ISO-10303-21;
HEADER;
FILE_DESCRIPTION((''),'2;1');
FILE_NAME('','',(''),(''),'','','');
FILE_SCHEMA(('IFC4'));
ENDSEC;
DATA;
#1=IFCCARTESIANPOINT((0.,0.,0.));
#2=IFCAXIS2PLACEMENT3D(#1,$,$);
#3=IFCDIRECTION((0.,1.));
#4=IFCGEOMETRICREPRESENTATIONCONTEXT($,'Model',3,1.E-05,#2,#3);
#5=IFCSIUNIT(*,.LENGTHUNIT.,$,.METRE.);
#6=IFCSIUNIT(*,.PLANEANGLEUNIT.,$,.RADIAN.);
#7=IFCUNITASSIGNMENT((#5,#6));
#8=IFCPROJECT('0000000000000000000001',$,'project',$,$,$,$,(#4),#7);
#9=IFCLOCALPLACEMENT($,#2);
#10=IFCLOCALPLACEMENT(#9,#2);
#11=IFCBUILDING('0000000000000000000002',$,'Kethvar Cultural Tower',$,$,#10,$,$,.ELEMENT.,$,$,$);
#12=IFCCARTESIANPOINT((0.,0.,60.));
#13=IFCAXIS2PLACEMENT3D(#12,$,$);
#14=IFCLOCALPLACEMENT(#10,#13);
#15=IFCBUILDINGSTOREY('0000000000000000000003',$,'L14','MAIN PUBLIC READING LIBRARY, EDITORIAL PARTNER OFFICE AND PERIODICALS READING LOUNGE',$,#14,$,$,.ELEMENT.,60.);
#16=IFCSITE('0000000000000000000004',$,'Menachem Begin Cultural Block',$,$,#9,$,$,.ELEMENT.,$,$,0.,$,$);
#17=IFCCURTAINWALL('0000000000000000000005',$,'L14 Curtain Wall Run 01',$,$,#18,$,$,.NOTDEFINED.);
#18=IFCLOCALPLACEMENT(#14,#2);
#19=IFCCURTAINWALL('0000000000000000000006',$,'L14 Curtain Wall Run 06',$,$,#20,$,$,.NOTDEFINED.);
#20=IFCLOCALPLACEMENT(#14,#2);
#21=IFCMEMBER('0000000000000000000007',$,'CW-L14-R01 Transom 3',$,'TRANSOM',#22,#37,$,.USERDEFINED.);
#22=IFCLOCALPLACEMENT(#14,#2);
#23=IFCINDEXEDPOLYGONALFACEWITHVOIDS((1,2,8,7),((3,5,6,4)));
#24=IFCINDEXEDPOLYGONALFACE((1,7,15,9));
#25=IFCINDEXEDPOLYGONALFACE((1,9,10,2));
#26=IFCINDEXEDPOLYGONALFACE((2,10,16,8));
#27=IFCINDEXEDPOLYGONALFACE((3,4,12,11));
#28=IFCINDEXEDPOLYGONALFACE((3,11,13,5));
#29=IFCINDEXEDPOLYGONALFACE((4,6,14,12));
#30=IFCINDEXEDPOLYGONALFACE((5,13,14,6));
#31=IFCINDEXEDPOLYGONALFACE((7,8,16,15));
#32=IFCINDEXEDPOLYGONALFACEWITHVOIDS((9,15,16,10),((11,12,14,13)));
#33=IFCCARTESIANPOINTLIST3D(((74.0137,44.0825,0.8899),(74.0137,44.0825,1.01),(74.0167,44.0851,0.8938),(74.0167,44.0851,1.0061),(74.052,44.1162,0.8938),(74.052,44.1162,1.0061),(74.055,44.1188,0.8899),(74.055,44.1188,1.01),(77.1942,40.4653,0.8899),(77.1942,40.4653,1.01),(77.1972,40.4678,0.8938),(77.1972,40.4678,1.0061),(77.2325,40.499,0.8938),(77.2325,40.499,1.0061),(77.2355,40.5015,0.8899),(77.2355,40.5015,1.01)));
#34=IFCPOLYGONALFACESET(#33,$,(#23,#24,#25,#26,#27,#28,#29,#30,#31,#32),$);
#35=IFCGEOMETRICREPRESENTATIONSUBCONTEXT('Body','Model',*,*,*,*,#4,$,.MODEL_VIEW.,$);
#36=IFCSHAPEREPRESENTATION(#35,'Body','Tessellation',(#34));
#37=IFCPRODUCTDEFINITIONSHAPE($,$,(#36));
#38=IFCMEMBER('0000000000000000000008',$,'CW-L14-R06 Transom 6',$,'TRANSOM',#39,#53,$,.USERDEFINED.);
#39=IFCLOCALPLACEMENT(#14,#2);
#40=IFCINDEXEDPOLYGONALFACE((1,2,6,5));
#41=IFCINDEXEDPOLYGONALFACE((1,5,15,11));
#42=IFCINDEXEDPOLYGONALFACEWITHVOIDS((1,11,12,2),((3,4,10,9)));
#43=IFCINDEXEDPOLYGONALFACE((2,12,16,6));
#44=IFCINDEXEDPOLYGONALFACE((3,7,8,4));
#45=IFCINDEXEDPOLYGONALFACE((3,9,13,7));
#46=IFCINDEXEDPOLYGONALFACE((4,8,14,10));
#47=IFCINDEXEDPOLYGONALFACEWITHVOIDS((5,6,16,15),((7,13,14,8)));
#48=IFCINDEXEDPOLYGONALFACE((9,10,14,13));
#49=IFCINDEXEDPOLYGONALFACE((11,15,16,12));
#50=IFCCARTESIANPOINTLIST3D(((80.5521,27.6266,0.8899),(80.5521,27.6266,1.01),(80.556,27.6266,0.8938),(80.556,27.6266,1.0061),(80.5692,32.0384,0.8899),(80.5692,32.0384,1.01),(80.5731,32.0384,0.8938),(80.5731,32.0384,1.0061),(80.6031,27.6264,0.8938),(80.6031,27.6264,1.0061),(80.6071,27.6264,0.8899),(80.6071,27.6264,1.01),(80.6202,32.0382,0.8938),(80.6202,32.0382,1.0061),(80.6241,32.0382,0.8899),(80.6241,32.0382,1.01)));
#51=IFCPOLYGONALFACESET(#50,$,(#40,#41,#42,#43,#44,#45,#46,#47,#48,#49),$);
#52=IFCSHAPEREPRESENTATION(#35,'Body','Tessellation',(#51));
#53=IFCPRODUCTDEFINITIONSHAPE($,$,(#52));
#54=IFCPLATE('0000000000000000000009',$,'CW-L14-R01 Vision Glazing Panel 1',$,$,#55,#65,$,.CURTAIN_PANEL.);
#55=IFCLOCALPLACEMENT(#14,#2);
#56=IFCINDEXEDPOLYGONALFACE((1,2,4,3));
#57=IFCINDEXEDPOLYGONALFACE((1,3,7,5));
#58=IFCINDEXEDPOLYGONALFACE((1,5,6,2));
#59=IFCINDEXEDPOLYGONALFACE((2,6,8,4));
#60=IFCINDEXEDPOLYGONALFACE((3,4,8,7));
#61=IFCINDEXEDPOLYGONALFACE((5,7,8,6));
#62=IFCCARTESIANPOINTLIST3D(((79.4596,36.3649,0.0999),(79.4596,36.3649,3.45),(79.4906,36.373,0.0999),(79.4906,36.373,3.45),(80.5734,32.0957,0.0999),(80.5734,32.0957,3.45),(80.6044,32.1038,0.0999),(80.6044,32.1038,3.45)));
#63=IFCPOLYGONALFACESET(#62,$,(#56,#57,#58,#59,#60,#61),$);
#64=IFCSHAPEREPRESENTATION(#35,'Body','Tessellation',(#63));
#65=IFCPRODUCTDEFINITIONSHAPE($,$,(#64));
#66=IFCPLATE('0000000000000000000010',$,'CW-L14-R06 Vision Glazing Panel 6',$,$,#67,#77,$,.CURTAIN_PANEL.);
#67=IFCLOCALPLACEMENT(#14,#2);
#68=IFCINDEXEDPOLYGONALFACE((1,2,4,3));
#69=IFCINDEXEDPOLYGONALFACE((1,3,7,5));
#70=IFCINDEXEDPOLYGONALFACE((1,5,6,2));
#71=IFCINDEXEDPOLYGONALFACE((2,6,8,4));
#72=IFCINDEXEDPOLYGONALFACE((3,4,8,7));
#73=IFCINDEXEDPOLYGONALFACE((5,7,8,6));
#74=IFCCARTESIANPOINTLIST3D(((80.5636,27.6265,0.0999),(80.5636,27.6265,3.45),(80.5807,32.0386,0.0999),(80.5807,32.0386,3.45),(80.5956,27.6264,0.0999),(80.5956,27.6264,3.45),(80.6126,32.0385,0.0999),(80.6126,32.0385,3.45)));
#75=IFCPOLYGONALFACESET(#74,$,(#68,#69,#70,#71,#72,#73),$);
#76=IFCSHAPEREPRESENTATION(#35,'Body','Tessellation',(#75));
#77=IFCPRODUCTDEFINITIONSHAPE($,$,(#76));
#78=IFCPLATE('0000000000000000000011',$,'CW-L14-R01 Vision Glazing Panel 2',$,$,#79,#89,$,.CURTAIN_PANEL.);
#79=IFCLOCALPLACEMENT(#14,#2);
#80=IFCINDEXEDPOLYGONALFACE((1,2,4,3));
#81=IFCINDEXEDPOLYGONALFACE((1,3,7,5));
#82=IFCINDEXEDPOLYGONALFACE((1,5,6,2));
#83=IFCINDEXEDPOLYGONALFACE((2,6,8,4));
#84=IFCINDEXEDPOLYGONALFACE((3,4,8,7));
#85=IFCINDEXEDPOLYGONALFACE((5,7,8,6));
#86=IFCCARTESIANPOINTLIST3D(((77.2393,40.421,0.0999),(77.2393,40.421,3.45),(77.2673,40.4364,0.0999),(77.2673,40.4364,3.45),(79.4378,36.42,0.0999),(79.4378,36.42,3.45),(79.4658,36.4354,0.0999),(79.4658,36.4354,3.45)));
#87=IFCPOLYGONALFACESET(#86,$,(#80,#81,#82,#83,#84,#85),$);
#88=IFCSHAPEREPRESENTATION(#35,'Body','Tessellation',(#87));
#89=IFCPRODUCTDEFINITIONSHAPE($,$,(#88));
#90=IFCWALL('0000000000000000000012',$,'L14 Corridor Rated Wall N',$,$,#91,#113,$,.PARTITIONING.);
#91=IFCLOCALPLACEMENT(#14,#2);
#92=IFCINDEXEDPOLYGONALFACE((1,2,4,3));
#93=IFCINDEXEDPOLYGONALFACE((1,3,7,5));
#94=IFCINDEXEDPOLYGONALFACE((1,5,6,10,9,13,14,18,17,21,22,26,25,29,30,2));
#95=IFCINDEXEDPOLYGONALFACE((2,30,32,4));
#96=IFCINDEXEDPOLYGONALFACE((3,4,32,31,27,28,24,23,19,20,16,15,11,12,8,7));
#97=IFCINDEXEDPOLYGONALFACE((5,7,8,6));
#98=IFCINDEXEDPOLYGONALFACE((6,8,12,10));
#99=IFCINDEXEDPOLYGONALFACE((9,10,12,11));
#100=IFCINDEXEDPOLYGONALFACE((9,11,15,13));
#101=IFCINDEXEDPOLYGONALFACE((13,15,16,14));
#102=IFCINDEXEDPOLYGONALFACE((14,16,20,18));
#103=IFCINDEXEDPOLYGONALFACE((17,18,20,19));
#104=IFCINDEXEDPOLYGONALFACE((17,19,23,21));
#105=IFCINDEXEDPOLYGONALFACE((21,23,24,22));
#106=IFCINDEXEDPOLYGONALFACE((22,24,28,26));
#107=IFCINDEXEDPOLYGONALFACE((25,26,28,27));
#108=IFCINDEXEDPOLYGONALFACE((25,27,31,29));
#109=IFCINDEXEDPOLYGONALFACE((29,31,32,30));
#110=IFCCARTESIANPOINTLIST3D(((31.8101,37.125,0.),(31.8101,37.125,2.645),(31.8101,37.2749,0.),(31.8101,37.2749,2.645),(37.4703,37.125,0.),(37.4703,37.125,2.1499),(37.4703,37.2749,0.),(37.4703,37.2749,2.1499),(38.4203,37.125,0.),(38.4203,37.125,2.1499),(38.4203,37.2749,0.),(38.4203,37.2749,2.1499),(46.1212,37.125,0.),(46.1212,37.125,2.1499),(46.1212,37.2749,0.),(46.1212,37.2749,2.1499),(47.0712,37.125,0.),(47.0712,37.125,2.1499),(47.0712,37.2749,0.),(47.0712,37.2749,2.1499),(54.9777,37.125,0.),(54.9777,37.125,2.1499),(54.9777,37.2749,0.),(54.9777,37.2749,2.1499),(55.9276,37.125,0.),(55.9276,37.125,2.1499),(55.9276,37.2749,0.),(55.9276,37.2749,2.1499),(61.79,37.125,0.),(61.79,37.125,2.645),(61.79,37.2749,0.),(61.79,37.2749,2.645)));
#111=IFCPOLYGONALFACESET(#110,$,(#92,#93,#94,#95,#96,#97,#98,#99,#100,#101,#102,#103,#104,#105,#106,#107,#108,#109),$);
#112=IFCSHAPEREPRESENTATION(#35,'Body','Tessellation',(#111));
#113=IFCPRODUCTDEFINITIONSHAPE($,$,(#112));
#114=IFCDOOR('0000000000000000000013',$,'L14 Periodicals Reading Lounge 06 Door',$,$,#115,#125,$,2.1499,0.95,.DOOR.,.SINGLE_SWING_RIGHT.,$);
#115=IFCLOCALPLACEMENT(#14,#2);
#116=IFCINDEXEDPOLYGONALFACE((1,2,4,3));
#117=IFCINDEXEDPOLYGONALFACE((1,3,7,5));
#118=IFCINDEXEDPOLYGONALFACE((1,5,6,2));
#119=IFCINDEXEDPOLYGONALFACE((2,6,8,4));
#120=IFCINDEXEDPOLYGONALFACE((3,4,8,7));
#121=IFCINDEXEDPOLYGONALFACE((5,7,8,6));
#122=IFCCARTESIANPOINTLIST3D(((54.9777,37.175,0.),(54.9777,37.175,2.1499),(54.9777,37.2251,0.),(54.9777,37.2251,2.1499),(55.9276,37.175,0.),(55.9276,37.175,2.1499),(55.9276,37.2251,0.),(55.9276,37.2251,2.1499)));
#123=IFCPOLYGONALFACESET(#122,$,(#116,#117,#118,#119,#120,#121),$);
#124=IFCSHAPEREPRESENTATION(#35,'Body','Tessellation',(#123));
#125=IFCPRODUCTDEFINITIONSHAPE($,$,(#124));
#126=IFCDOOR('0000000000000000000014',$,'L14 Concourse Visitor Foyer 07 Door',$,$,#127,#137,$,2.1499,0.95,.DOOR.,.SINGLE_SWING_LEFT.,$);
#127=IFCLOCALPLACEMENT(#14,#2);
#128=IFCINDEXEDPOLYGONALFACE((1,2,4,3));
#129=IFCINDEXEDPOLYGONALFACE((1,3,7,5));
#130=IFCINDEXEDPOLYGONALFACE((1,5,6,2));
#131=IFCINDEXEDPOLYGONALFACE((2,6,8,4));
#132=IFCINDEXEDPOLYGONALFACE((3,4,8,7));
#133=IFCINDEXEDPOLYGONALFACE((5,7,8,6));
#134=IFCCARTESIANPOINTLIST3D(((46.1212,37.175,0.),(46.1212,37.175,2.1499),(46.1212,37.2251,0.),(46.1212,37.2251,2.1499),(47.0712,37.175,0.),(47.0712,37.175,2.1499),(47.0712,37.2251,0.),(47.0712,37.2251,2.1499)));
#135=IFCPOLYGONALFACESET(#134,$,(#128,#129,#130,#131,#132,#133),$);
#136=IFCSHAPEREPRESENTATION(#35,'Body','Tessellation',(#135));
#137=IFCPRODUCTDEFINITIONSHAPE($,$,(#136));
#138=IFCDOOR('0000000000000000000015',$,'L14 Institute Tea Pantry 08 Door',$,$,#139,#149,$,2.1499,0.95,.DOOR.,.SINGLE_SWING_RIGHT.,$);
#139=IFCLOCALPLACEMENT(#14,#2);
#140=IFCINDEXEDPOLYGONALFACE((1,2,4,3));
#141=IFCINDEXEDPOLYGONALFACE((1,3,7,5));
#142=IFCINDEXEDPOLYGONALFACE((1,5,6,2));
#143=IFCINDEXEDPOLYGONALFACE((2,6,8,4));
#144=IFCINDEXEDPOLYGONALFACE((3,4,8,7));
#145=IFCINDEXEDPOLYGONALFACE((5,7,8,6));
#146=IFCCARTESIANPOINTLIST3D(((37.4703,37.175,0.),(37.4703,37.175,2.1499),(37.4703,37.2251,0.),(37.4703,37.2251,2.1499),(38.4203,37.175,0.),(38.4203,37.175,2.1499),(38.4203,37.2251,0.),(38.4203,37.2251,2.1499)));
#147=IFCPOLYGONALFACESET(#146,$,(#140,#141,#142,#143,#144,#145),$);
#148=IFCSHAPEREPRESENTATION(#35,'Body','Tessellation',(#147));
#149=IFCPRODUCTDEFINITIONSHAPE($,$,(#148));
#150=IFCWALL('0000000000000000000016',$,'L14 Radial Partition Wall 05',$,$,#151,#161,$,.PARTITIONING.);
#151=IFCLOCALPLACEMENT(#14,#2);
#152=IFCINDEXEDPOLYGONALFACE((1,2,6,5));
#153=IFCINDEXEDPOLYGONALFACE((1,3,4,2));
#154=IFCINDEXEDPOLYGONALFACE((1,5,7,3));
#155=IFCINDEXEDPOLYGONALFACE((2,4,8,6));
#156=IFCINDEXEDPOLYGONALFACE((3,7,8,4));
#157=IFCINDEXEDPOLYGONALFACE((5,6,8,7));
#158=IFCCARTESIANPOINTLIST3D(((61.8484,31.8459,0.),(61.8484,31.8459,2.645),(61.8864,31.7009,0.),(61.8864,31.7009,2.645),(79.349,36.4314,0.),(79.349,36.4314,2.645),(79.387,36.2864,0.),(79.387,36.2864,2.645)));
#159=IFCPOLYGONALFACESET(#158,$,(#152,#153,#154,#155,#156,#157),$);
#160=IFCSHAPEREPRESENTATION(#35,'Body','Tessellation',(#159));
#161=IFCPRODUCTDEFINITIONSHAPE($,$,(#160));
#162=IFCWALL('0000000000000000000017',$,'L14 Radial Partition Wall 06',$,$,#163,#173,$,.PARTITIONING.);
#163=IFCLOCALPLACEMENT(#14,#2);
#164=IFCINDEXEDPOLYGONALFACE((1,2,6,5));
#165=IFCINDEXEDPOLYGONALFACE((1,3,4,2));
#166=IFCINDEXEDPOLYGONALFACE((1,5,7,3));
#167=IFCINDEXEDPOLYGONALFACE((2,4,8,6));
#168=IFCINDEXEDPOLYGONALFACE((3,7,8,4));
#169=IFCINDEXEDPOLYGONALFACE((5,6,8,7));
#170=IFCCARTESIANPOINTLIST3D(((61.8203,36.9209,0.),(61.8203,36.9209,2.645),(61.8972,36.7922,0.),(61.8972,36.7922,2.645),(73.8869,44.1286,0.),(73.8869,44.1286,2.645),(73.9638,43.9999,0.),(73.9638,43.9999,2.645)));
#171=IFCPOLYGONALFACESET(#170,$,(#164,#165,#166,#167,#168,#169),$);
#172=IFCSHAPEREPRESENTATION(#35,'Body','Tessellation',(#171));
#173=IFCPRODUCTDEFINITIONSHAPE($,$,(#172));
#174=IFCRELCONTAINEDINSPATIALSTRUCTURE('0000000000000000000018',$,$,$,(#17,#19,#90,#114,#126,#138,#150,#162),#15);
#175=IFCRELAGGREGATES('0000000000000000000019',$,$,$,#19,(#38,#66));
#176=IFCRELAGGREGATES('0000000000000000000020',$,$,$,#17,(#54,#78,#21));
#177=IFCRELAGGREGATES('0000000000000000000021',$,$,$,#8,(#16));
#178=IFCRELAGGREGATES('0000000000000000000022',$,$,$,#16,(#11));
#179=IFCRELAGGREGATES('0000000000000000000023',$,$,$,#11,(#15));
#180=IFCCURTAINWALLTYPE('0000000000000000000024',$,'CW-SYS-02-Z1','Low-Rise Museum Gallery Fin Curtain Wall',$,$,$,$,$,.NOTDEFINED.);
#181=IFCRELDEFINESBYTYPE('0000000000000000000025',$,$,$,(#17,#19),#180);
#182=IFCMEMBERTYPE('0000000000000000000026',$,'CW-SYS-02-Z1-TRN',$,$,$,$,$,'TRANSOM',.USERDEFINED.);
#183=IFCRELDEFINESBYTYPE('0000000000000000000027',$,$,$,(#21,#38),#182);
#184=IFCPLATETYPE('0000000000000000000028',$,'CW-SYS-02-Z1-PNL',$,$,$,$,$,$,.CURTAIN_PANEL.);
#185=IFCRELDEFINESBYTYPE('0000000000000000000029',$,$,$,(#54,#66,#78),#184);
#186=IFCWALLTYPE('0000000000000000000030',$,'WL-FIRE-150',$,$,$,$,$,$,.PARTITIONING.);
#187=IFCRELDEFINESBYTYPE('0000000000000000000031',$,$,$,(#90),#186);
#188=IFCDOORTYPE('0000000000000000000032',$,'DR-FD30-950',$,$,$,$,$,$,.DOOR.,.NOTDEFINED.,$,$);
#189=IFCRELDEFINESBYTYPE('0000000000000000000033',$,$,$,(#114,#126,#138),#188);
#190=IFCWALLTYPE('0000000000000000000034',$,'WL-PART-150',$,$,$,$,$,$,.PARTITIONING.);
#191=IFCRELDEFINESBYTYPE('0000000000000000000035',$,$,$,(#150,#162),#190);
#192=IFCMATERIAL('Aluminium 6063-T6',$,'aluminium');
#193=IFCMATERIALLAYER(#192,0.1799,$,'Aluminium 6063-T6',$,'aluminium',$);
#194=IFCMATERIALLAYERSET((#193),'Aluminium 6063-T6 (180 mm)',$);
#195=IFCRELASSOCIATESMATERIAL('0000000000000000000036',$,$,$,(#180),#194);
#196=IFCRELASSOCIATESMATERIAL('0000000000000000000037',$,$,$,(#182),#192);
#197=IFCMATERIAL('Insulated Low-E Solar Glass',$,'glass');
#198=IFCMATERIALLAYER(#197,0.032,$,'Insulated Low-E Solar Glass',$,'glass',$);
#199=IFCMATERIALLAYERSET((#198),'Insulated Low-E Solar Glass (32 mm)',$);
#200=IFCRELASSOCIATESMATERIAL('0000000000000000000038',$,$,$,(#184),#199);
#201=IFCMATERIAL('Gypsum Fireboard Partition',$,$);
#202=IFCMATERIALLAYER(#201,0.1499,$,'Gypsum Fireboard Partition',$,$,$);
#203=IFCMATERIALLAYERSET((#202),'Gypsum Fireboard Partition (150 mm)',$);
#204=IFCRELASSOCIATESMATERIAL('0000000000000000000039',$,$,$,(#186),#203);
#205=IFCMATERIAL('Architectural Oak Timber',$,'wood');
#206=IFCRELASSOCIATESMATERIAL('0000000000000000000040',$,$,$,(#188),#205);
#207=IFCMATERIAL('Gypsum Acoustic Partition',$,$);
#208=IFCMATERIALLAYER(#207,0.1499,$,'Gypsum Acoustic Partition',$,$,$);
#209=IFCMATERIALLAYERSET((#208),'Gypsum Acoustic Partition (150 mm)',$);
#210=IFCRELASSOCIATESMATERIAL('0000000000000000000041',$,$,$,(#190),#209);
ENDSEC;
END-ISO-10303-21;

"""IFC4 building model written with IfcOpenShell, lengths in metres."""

from ifc_helpers import new_model, si_unit, direction, frame, frame_2d, origin, origin_2d, place, context, subcontext, project, spatial, rectangle, hollow_rectangle, extrude, source, transform, mapped, material, layer, layer_set, material_profile, profile_set, type_object, element, fill, aggregate, save


model = new_model("IFC4")

# Units and contexts
model_context = context("Model", 3, precision=1e-05, world=origin(), true_north=direction((0.0, 1.0)))
body_context = subcontext(model_context, "Body", "Model", "MODEL_VIEW")
ifc_project = project(units=[si_unit("LENGTHUNIT", "METRE"), si_unit("PLANEANGLEUNIT", "RADIAN")], contexts=[model_context])

# Site, building, storey
site_placement = place(None, origin())
site = spatial("IfcSite", under=ifc_project, at=site_placement, Name="Menachem Begin Cultural Block", CompositionType="ELEMENT", RefElevation=0.0)
building_placement = place(site_placement, origin())
building = spatial("IfcBuilding", under=site, at=building_placement, Name="Kethvar Cultural Tower", CompositionType="ELEMENT")
storey_placement = place(building_placement, frame((0.0, 0.0, 60.0)))
storey = spatial("IfcBuildingStorey", under=building, at=storey_placement, Name="L14", Description="MAIN PUBLIC READING LIBRARY, EDITORIAL PARTNER OFFICE AND PERIODICALS READING LOUNGE", CompositionType="ELEMENT", Elevation=60.0)

# Curtain walls
ifc_material_1 = material(Name="Aluminium 6063-T6", Category="aluminium")
ifc_layer_1 = layer(ifc_material_1, 0.1799, Name="Aluminium 6063-T6", Category="aluminium")
ifc_layer_set_1 = layer_set([ifc_layer_1], Name="Aluminium 6063-T6 (180 mm)")
curtain_wall_type = type_object("IfcCurtainWallType", Name="CW-SYS-02-Z1", Description="Low-Rise Museum Gallery Fin Curtain Wall", PredefinedType="NOTDEFINED", material=ifc_layer_set_1)
curtain_wall_1_placement = place(storey_placement, origin())
curtain_wall_1 = element("IfcCurtainWall", 1, at=curtain_wall_1_placement, inside=storey, type_object=curtain_wall_type, Name="L14 Curtain Wall Run 01", PredefinedType="NOTDEFINED")
curtain_wall_2_placement = place(storey_placement, origin())
curtain_wall_2 = element("IfcCurtainWall", 2, at=curtain_wall_2_placement, inside=storey, type_object=curtain_wall_type, Name="L14 Curtain Wall Run 06", PredefinedType="NOTDEFINED")

# Members
ifc_material_profile_1 = material_profile(ifc_material_1, hollow_rectangle(XDim=0.0549, YDim=0.1201, WallThickness=0.0039, at=origin_2d()), Name="Aluminium 6063-T6 — RHS120x55x4")
ifc_profile_set_1 = profile_set([ifc_material_profile_1], Name="Aluminium 6063-T6 — RHS120x55x4")
member_type_1 = type_object("IfcMemberType", Name="CW-SYS-02-Z1-TRN", ElementType="TRANSOM", PredefinedType="USERDEFINED", material=ifc_profile_set_1)
shared_shape_1 = source(origin(), body_context, "Body", "SweptSolid", [
    extrude(hollow_rectangle(XDim=0.0549, YDim=0.1201, WallThickness=0.0039, at=origin_2d()), origin(), (0.0, 0.0, 1.0), 4.8167),
])
member_1_placement = place(storey_placement, frame((77.2148, 40.4834, 0.95), z_axis=(-0.660311, 0.750992, 0.0), x_axis=(-0.750992, -0.660311, 0.0)))
member_1 = element("IfcMember", 3, at=member_1_placement, type_object=member_type_1, Name="CW-L14-R01 Transom 3", ObjectType="TRANSOM", PredefinedType="USERDEFINED", context=body_context, shape_type="MappedRepresentation", body=[
    mapped(shared_shape_1, transform((0.0, 0.0, 0.0), scale=1.0)),
])
shared_shape_2 = source(origin(), body_context, "Body", "SweptSolid", [
    extrude(hollow_rectangle(XDim=0.0549, YDim=0.1201, WallThickness=0.0039, at=origin_2d()), origin(), (0.0, 0.0, 1.0), 4.4119),
])
member_2_placement = place(storey_placement, frame((80.5796, 27.6265, 0.95), z_axis=(0.003874, 0.999992, 0.0), x_axis=(-0.999992, 0.003874, 0.0)))
member_2 = element("IfcMember", 4, at=member_2_placement, type_object=member_type_1, Name="CW-L14-R06 Transom 6", ObjectType="TRANSOM", PredefinedType="USERDEFINED", context=body_context, shape_type="MappedRepresentation", body=[
    mapped(shared_shape_2, transform((0.0, 0.0, 0.0), scale=1.0)),
])

# Plates
ifc_material_2 = material(Name="Insulated Low-E Solar Glass", Category="glass")
ifc_layer_2 = layer(ifc_material_2, 0.032, Name="Insulated Low-E Solar Glass", Category="glass")
ifc_layer_set_2 = layer_set([ifc_layer_2], Name="Insulated Low-E Solar Glass (32 mm)")
plate_type = type_object("IfcPlateType", Name="CW-SYS-02-Z1-PNL", PredefinedType="CURTAIN_PANEL", material=ifc_layer_set_2)
shared_shape_3 = source(origin(), body_context, "Body", "SweptSolid", [
    extrude(rectangle(XDim=4.4121, YDim=0.032, at=origin_2d()), origin(), (0.0, 0.0, 1.0), 3.3501),
])
plate_1_placement = place(storey_placement, frame((80.032, 34.2344, 0.0999), z_axis=(0.0, 0.0, 1.0), x_axis=(-0.252441, 0.967612, 0.0)))
plate_1 = element("IfcPlate", 5, at=plate_1_placement, type_object=plate_type, Name="CW-L14-R01 Vision Glazing Panel 1", PredefinedType="CURTAIN_PANEL", context=body_context, shape_type="MappedRepresentation", body=[
    mapped(shared_shape_3, transform((0.0, 0.0, 0.0), scale=1.0)),
])
plate_2_placement = place(storey_placement, frame((80.5881, 29.8325, 0.0999), z_axis=(0.0, 0.0, 1.0), x_axis=(0.003857, 0.999993, 0.0)))
plate_2 = element("IfcPlate", 6, at=plate_2_placement, type_object=plate_type, Name="CW-L14-R06 Vision Glazing Panel 6", PredefinedType="CURTAIN_PANEL", context=body_context, shape_type="MappedRepresentation", body=[
    mapped(shared_shape_3, transform((0.0, 0.0, 0.0), scale=1.0)),
])
aggregate(curtain_wall_2, [member_2, plate_2])
shared_shape_4 = source(origin(), body_context, "Body", "SweptSolid", [
    extrude(rectangle(XDim=4.5652, YDim=0.032, at=origin_2d()), origin(), (0.0, 0.0, 1.0), 3.3501),
])
plate_3_placement = place(storey_placement, frame((78.3525, 38.4282, 0.0999), z_axis=(0.0, 0.0, 1.0), x_axis=(-0.48157, 0.876408, 0.0)))
plate_3 = element("IfcPlate", 7, at=plate_3_placement, type_object=plate_type, Name="CW-L14-R01 Vision Glazing Panel 2", PredefinedType="CURTAIN_PANEL", context=body_context, shape_type="MappedRepresentation", body=[
    mapped(shared_shape_4, transform((0.0, 0.0, 0.0), scale=1.0)),
])
aggregate(curtain_wall_1, [plate_1, plate_3, member_1])

# Wall, openings, doors
ifc_material_3 = material(Name="Gypsum Fireboard Partition")
ifc_layer_3 = layer(ifc_material_3, 0.1499, Name="Gypsum Fireboard Partition")
ifc_layer_set_3 = layer_set([ifc_layer_3], Name="Gypsum Fireboard Partition (150 mm)")
wall_type_1 = type_object("IfcWallType", Name="WL-FIRE-150", PredefinedType="PARTITIONING", material=ifc_layer_set_3)
wall_1_placement = place(storey_placement, frame((61.79, 37.2, 0.0), z_axis=(0.0, 0.0, 1.0), x_axis=(-1.0, 0.0, 0.0)))
wall_1 = element("IfcWall", 8, at=wall_1_placement, inside=storey, type_object=wall_type_1, Name="L14 Corridor Rated Wall N", PredefinedType="PARTITIONING", context=body_context, shape_type="SweptSolid", body=[
    extrude(rectangle(XDim=29.98, YDim=0.1499, at=frame_2d((14.99, 0.0))), origin(), (0.0, 0.0, 1.0), 2.645),
])
opening_1_placement = place(wall_1_placement, frame((5.8623, 0.0, 0.0)))
opening_1 = element("IfcOpeningElement", 9, at=opening_1_placement, cuts=wall_1, PredefinedType="OPENING", context=body_context, shape_type="SweptSolid", body=[
    extrude(rectangle(XDim=0.95, YDim=2.1499, at=frame_2d((0.4751, 1.075))), frame((0.0, 0.085, 0.0), z_axis=(0.0, -1.0, 0.0), x_axis=(1.0, 0.0, 0.0)), (0.0, 0.0, 1.0), 0.1699),
])
opening_2_placement = place(wall_1_placement, frame((14.7188, 0.0, 0.0)))
opening_2 = element("IfcOpeningElement", 10, at=opening_2_placement, cuts=wall_1, PredefinedType="OPENING", context=body_context, shape_type="SweptSolid", body=[
    extrude(rectangle(XDim=0.95, YDim=2.1499, at=frame_2d((0.4751, 1.075))), frame((0.0, 0.085, 0.0), z_axis=(0.0, -1.0, 0.0), x_axis=(1.0, 0.0, 0.0)), (0.0, 0.0, 1.0), 0.1699),
])
opening_3_placement = place(wall_1_placement, frame((23.3696, 0.0, 0.0)))
opening_3 = element("IfcOpeningElement", 11, at=opening_3_placement, cuts=wall_1, PredefinedType="OPENING", context=body_context, shape_type="SweptSolid", body=[
    extrude(rectangle(XDim=0.95, YDim=2.1499, at=frame_2d((0.4751, 1.075))), frame((0.0, 0.085, 0.0), z_axis=(0.0, -1.0, 0.0), x_axis=(1.0, 0.0, 0.0)), (0.0, 0.0, 1.0), 0.1699),
])
ifc_material_4 = material(Name="Architectural Oak Timber", Category="wood")
door_type = type_object("IfcDoorType", Name="DR-FD30-950", OperationType="NOTDEFINED", PredefinedType="DOOR", material=ifc_material_4)
shared_shape_5 = source(origin(), body_context, "Body", "SweptSolid", [
    extrude(rectangle(XDim=0.95, YDim=2.1499, at=frame_2d((0.4751, 1.075))), frame((0.0, 0.0249, 0.0), z_axis=(0.0, -1.0, 0.0), x_axis=(1.0, 0.0, 0.0)), (0.0, 0.0, 1.0), 0.05),
])
door_1_placement = place(opening_1_placement, origin())
door_1 = element("IfcDoor", 12, at=door_1_placement, inside=storey, type_object=door_type, Name="L14 Periodicals Reading Lounge 06 Door", OperationType="SINGLE_SWING_RIGHT", OverallHeight=2.1499, OverallWidth=0.95, PredefinedType="DOOR", context=body_context, shape_type="MappedRepresentation", body=[
    mapped(shared_shape_5, transform((0.0, 0.0, 0.0), scale=1.0)),
])
fill(opening_1, door_1)
door_2_placement = place(opening_2_placement, origin())
door_2 = element("IfcDoor", 13, at=door_2_placement, inside=storey, type_object=door_type, Name="L14 Concourse Visitor Foyer 07 Door", OperationType="SINGLE_SWING_LEFT", OverallHeight=2.1499, OverallWidth=0.95, PredefinedType="DOOR", context=body_context, shape_type="MappedRepresentation", body=[
    mapped(shared_shape_5, transform((0.0, 0.0, 0.0), scale=1.0)),
])
fill(opening_2, door_2)
door_3_placement = place(opening_3_placement, origin())
door_3 = element("IfcDoor", 14, at=door_3_placement, inside=storey, type_object=door_type, Name="L14 Institute Tea Pantry 08 Door", OperationType="SINGLE_SWING_RIGHT", OverallHeight=2.1499, OverallWidth=0.95, PredefinedType="DOOR", context=body_context, shape_type="MappedRepresentation", body=[
    mapped(shared_shape_5, transform((0.0, 0.0, 0.0), scale=1.0)),
])
fill(opening_3, door_3)

# Walls
ifc_material_5 = material(Name="Gypsum Acoustic Partition")
ifc_layer_4 = layer(ifc_material_5, 0.1499, Name="Gypsum Acoustic Partition")
ifc_layer_set_4 = layer_set([ifc_layer_4], Name="Gypsum Acoustic Partition (150 mm)")
wall_type_2 = type_object("IfcWallType", Name="WL-PART-150", PredefinedType="PARTITIONING", material=ifc_layer_set_4)
wall_2_placement = place(storey_placement, frame((61.8674, 31.7734, 0.0), z_axis=(0.0, 0.0, 1.0), x_axis=(0.967345, 0.253462, 0.0)))
element("IfcWall", 15, at=wall_2_placement, inside=storey, type_object=wall_type_2, Name="L14 Radial Partition Wall 05", PredefinedType="PARTITIONING", context=body_context, shape_type="SweptSolid", body=[
    extrude(rectangle(XDim=18.0913, YDim=0.1499, at=frame_2d((9.0457, 0.0))), origin(), (0.0, 0.0, 1.0), 2.645),
])
wall_3_placement = place(storey_placement, frame((61.8586, 36.8564, 0.0), z_axis=(0.0, 0.0, 1.0), x_axis=(0.858503, 0.512809, 0.0)))
element("IfcWall", 16, at=wall_3_placement, inside=storey, type_object=wall_type_2, Name="L14 Radial Partition Wall 06", PredefinedType="PARTITIONING", context=body_context, shape_type="SweptSolid", body=[
    extrude(rectangle(XDim=14.0554, YDim=0.1499, at=frame_2d((7.0278, 0.0))), origin(), (0.0, 0.0, 1.0), 2.645),
])

save(model, "model.ifc")
